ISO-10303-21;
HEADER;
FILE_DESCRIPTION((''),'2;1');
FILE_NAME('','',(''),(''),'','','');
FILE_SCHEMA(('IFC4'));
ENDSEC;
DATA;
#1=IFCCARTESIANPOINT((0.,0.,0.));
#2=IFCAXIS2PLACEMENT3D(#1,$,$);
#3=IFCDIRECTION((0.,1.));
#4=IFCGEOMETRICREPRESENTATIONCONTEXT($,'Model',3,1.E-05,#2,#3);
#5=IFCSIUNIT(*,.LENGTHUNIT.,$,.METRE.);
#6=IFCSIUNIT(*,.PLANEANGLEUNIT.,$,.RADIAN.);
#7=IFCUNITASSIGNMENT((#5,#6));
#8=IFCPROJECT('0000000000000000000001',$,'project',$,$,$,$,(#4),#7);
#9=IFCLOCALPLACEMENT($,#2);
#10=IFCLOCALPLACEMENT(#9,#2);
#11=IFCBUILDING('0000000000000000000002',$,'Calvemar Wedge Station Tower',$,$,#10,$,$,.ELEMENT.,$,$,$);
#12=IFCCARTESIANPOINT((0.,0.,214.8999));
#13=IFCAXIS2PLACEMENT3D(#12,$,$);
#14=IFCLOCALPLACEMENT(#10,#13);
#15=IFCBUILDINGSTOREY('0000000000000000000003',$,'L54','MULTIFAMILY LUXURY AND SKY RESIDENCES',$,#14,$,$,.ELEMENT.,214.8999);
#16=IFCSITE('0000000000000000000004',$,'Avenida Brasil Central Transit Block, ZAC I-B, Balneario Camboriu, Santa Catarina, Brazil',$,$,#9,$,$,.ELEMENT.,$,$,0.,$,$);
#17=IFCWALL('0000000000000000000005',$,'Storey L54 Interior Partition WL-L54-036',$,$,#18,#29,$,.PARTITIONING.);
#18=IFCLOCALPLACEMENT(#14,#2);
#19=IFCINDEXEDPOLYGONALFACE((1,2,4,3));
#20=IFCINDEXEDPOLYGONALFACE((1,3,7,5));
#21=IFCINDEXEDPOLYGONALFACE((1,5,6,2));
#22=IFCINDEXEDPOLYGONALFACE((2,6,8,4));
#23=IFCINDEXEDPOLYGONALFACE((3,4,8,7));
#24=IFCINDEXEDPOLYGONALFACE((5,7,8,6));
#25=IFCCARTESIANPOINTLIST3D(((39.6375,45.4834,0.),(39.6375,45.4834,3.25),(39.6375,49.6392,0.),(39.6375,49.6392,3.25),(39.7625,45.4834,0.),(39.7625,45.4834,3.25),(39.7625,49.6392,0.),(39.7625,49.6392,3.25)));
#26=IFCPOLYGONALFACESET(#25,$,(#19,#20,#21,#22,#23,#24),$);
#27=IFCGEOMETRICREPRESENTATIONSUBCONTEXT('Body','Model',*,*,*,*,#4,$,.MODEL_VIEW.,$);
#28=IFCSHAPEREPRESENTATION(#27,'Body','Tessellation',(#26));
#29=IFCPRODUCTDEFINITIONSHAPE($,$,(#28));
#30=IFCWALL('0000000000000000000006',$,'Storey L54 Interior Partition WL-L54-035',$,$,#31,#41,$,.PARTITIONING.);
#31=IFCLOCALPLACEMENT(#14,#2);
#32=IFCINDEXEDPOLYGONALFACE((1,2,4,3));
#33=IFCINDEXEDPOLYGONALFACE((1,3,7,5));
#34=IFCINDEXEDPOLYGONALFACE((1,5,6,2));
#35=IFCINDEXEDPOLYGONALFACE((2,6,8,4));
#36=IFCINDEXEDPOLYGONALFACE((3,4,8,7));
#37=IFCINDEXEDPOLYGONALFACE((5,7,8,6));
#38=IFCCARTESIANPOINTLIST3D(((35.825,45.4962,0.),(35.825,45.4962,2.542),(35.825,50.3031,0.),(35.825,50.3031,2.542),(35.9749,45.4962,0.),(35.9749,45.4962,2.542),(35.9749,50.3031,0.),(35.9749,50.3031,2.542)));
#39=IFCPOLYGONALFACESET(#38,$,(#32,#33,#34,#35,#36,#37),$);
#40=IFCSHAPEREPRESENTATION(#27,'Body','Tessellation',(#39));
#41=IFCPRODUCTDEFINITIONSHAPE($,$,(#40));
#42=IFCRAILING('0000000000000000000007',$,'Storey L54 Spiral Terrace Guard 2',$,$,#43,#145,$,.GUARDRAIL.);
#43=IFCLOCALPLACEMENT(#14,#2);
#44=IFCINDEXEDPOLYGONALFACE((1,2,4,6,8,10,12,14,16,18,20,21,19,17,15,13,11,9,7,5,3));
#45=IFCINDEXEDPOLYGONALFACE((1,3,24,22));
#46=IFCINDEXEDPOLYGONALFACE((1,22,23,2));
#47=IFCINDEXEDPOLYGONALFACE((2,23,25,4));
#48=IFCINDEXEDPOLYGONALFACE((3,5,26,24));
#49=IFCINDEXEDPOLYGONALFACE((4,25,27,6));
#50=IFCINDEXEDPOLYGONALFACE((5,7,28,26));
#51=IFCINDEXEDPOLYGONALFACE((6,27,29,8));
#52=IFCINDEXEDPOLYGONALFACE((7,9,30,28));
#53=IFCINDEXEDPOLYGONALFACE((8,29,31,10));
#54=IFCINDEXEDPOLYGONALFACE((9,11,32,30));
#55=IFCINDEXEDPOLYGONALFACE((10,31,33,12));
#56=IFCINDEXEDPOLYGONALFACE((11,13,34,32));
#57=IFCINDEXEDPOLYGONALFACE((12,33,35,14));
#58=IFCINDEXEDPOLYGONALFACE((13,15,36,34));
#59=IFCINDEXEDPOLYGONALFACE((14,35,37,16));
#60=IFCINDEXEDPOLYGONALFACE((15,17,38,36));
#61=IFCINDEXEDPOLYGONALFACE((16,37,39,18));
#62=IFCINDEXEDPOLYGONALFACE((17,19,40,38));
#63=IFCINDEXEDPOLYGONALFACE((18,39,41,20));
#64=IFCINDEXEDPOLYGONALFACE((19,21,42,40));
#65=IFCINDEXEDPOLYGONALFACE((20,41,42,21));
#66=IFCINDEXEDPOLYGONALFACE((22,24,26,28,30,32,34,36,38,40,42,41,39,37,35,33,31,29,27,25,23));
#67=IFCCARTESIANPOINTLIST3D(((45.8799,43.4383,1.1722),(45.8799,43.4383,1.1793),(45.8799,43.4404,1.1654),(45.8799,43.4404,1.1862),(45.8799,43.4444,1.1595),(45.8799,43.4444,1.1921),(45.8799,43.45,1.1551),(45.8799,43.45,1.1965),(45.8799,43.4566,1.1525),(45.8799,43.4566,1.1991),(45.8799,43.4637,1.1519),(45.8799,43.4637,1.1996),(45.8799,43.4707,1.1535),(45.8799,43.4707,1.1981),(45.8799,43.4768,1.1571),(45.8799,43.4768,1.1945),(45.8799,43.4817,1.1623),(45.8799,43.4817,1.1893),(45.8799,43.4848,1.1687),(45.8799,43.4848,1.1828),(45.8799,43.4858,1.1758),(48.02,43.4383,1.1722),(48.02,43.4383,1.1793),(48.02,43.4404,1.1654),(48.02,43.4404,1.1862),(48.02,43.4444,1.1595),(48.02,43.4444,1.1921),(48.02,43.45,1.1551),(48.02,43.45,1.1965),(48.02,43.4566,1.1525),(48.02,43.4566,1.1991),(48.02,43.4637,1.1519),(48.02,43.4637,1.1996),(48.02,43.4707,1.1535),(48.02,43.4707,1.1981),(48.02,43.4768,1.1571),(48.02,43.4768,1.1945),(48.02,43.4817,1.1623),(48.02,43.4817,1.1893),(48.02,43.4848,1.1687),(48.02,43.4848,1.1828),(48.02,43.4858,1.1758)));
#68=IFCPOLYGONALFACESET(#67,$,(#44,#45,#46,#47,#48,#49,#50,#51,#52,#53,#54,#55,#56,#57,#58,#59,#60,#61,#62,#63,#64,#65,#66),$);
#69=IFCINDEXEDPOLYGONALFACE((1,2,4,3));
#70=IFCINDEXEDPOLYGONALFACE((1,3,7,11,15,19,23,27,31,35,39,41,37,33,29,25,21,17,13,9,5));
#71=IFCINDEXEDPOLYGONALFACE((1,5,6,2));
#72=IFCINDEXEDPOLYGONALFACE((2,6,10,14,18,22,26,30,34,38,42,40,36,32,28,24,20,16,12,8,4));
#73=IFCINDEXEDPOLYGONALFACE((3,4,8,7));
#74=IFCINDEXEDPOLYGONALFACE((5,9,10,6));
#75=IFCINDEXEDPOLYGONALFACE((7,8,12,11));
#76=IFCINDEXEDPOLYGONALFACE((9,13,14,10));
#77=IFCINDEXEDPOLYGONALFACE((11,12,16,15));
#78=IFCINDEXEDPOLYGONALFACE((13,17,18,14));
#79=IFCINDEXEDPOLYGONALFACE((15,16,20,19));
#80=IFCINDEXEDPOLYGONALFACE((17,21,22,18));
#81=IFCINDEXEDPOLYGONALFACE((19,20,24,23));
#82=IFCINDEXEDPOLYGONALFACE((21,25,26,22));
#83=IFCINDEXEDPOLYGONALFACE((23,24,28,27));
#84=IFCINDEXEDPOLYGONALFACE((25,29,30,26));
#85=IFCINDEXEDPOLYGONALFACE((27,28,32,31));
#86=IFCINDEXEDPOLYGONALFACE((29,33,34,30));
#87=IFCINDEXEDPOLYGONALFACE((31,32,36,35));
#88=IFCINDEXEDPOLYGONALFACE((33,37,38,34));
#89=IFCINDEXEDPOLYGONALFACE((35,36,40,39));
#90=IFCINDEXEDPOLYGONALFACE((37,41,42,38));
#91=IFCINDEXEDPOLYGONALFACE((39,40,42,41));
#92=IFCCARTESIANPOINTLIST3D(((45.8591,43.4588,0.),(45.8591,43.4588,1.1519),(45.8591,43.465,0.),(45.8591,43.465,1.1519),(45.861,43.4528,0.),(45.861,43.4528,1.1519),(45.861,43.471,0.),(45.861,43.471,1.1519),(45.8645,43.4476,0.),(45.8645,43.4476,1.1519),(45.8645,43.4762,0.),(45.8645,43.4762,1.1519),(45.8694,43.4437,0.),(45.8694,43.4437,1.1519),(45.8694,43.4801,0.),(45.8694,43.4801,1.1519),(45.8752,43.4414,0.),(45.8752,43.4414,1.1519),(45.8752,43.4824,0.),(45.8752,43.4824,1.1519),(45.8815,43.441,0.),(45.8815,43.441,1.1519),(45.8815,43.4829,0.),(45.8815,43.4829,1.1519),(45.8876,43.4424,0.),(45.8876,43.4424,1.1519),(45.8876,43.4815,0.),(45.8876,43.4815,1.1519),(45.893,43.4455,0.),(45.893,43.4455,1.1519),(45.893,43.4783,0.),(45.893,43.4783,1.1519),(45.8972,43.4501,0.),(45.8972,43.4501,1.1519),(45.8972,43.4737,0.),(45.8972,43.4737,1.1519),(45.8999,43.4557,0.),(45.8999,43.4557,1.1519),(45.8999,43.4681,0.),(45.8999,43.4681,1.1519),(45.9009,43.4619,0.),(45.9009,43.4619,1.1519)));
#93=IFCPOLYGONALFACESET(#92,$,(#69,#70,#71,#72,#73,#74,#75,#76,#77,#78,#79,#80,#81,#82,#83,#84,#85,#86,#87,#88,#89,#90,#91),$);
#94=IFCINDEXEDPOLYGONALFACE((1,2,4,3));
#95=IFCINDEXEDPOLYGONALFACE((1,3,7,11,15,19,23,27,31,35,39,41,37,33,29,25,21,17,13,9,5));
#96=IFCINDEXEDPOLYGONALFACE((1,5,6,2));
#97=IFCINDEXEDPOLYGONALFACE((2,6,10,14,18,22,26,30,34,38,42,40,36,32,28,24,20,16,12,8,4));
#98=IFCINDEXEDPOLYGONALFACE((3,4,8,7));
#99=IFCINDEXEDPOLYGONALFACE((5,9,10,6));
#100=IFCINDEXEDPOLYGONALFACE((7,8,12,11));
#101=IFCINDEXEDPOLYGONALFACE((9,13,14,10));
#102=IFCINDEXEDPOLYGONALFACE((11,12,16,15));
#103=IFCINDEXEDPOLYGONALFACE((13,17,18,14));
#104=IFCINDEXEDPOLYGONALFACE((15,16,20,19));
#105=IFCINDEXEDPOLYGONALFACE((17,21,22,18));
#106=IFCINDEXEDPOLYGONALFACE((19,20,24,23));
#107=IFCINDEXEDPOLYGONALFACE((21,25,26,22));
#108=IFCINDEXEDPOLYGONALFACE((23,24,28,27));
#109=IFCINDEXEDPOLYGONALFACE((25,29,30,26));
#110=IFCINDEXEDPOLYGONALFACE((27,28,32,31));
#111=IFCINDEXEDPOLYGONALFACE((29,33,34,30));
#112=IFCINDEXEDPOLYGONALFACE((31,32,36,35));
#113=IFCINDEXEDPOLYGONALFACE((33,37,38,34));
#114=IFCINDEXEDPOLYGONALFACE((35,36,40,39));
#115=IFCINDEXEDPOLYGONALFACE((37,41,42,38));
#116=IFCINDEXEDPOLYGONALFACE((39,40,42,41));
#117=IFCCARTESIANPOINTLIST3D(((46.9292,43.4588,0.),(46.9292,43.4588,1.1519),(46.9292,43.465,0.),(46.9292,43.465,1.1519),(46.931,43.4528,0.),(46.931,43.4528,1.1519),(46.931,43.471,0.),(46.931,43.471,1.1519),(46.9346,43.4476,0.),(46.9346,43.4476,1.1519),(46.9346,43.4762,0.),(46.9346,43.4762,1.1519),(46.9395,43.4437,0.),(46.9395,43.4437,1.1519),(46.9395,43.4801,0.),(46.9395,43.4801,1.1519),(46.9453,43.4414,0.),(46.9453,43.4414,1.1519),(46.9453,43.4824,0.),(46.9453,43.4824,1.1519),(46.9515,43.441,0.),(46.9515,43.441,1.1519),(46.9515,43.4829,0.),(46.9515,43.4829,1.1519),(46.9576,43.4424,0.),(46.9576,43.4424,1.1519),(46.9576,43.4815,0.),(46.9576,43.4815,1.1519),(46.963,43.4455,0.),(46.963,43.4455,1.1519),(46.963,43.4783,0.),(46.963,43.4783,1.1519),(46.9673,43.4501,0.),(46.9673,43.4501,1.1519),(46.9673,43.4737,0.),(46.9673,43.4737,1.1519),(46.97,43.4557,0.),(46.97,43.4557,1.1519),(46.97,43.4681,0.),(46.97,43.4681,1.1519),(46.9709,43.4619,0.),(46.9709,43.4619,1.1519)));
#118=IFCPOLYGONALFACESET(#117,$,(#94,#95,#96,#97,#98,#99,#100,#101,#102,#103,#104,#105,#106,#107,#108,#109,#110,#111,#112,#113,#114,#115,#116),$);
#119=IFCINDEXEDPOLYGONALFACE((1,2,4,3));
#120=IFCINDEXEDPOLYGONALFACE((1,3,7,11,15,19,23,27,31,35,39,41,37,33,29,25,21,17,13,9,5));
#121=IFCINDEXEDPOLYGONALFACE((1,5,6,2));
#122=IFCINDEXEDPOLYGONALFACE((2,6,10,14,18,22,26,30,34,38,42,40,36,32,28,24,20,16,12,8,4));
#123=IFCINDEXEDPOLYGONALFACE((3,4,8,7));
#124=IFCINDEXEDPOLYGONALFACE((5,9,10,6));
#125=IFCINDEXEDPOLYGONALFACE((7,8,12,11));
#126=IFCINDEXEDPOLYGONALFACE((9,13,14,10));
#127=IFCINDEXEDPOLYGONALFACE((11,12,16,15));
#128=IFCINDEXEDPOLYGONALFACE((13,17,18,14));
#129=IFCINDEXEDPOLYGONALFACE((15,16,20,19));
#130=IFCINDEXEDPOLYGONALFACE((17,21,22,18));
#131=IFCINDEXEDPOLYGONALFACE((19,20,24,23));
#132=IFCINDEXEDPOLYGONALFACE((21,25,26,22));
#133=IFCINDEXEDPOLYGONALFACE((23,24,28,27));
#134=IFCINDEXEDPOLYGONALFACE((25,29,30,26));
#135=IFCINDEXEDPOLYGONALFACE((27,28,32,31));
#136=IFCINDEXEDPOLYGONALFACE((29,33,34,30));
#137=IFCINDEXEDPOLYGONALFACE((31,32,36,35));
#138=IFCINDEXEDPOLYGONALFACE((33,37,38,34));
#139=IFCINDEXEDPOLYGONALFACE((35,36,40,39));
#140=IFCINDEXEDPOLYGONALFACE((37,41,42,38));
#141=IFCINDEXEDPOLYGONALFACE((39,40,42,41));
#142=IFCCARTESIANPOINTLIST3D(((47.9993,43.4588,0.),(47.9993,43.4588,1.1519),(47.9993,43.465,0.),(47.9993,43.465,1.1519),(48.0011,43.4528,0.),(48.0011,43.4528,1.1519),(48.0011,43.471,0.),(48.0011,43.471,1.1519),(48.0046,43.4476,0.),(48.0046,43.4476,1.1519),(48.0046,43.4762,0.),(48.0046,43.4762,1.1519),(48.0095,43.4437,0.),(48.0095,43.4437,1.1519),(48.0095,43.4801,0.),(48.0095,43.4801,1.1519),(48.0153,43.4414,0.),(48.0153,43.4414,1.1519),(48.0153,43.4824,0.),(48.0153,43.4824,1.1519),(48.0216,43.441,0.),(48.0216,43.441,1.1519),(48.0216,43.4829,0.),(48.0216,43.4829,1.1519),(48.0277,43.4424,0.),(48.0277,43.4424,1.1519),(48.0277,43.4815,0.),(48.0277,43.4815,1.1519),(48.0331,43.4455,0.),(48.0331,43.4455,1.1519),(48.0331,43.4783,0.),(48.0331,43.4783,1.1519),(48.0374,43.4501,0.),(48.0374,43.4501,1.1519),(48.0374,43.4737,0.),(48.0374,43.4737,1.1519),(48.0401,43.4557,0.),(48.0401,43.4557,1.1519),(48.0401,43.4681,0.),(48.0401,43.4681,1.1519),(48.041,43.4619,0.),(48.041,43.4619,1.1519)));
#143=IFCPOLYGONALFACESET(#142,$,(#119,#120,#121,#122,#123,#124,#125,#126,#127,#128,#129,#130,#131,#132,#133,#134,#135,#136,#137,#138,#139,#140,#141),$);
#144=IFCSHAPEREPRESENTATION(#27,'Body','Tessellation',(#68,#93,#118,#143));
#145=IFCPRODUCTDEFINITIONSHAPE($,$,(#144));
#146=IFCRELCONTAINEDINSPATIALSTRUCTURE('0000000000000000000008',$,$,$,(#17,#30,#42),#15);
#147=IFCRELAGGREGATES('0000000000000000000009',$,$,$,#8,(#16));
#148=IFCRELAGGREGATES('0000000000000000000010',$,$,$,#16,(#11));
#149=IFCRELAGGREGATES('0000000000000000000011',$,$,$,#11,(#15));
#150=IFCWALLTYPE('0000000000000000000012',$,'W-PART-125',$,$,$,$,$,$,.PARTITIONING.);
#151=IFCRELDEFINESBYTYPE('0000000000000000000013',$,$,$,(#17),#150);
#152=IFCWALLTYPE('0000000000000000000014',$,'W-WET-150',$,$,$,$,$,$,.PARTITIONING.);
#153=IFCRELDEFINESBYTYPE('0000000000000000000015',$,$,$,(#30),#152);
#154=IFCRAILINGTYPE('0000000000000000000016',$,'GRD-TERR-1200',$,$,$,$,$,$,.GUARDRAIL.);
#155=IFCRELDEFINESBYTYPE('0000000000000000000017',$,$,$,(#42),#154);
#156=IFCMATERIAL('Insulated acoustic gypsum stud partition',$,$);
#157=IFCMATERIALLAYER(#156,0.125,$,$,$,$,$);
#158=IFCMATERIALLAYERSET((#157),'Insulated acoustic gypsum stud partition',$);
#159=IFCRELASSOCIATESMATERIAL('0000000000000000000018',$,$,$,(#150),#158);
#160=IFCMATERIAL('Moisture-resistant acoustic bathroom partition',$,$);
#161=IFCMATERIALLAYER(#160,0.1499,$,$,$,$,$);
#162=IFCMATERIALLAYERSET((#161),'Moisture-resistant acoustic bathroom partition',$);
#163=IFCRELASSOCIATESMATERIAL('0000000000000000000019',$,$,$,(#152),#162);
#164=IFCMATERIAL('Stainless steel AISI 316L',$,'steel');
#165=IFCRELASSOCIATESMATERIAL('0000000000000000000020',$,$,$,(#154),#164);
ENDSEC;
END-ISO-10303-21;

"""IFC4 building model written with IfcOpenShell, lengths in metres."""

from ifc_helpers import new_model, si_unit, direction, frame, frame_2d, origin, origin_2d, place, context, subcontext, project, spatial, rectangle, circle, extrude, material, layer, layer_set, type_object, element, save


model = new_model("IFC4")

# Units and contexts
model_context = context("Model", 3, precision=1e-05, world=origin(), true_north=direction((0.0, 1.0)))
body_context = subcontext(model_context, "Body", "Model", "MODEL_VIEW")
ifc_project = project(units=[si_unit("LENGTHUNIT", "METRE"), si_unit("PLANEANGLEUNIT", "RADIAN")], contexts=[model_context])

# Site, building, storey
site_placement = place(None, origin())
site = spatial("IfcSite", under=ifc_project, at=site_placement, Name="Avenida Brasil Central Transit Block, ZAC I-B, Balneario Camboriu, Santa Catarina, Brazil", CompositionType="ELEMENT", RefElevation=0.0)
building_placement = place(site_placement, origin())
building = spatial("IfcBuilding", under=site, at=building_placement, Name="Calvemar Wedge Station Tower", CompositionType="ELEMENT")
storey_placement = place(building_placement, frame((0.0, 0.0, 214.8999)))
storey = spatial("IfcBuildingStorey", under=building, at=storey_placement, Name="L54", Description="MULTIFAMILY LUXURY AND SKY RESIDENCES", CompositionType="ELEMENT", Elevation=214.8999)

# Shared definitions
ifc_material_1 = material(Name="Insulated acoustic gypsum stud partition")
ifc_layer_1 = layer(ifc_material_1, 0.125)
ifc_layer_set_1 = layer_set([ifc_layer_1], Name="Insulated acoustic gypsum stud partition")
wall_type_1 = type_object("IfcWallType", Name="W-PART-125", PredefinedType="PARTITIONING", material=ifc_layer_set_1)

# Wall
wall_1_placement = place(storey_placement, frame((39.7, 49.6392, 0.0), z_axis=(0.0, 0.0, 1.0), x_axis=(0.0, -1.0, 0.0)))
element("IfcWall", 1, at=wall_1_placement, inside=storey, type_object=wall_type_1, Name="Storey L54 Interior Partition WL-L54-036", PredefinedType="PARTITIONING", context=body_context, shape_type="SweptSolid", body=[
    extrude(rectangle(XDim=4.1558, YDim=0.125, at=frame_2d((2.0779, 0.0))), origin(), (0.0, 0.0, 1.0), 3.25),
])

# Shared definitions
ifc_material_2 = material(Name="Moisture-resistant acoustic bathroom partition")
ifc_layer_2 = layer(ifc_material_2, 0.1499)
ifc_layer_set_2 = layer_set([ifc_layer_2], Name="Moisture-resistant acoustic bathroom partition")
wall_type_2 = type_object("IfcWallType", Name="W-WET-150", PredefinedType="PARTITIONING", material=ifc_layer_set_2)

# Wall
wall_2_placement = place(storey_placement, frame((35.8999, 50.303, 0.0), z_axis=(0.0, 0.0, 1.0), x_axis=(0.0, -1.0, 0.0)))
element("IfcWall", 2, at=wall_2_placement, inside=storey, type_object=wall_type_2, Name="Storey L54 Interior Partition WL-L54-035", PredefinedType="PARTITIONING", context=body_context, shape_type="SweptSolid", body=[
    extrude(rectangle(XDim=4.8069, YDim=0.1499, at=frame_2d((2.4033, 0.0))), origin(), (0.0, 0.0, 1.0), 2.542),
])

# Railing
ifc_material_3 = material(Name="Stainless steel AISI 316L", Category="steel")
railing_type = type_object("IfcRailingType", Name="GRD-TERR-1200", PredefinedType="GUARDRAIL", material=ifc_material_3)
railing_1_placement = place(storey_placement, frame((45.8799, 43.4619, 0.0)))
element("IfcRailing", 3, at=railing_1_placement, inside=storey, type_object=railing_type, Name="Storey L54 Spiral Terrace Guard 2", PredefinedType="GUARDRAIL", context=body_context, shape_type="SweptSolid", body=[
    extrude(circle(Radius=0.0239, at=origin_2d()), frame((0.0, 0.0, 1.1758), z_axis=(1.0, 0.0, 0.0), x_axis=(0.0, 1.0, 0.0)), (0.0, 0.0, 1.0), 2.1401),
    extrude(circle(Radius=0.021, at=origin_2d()), origin(), (0.0, 0.0, 1.0), 1.1519),
    extrude(circle(Radius=0.021, at=origin_2d()), frame((1.0701, 0.0, 0.0)), (0.0, 0.0, 1.0), 1.1519),
    extrude(circle(Radius=0.021, at=origin_2d()), frame((2.1401, 0.0, 0.0)), (0.0, 0.0, 1.0), 1.1519),
])

save(model, "model.ifc")
